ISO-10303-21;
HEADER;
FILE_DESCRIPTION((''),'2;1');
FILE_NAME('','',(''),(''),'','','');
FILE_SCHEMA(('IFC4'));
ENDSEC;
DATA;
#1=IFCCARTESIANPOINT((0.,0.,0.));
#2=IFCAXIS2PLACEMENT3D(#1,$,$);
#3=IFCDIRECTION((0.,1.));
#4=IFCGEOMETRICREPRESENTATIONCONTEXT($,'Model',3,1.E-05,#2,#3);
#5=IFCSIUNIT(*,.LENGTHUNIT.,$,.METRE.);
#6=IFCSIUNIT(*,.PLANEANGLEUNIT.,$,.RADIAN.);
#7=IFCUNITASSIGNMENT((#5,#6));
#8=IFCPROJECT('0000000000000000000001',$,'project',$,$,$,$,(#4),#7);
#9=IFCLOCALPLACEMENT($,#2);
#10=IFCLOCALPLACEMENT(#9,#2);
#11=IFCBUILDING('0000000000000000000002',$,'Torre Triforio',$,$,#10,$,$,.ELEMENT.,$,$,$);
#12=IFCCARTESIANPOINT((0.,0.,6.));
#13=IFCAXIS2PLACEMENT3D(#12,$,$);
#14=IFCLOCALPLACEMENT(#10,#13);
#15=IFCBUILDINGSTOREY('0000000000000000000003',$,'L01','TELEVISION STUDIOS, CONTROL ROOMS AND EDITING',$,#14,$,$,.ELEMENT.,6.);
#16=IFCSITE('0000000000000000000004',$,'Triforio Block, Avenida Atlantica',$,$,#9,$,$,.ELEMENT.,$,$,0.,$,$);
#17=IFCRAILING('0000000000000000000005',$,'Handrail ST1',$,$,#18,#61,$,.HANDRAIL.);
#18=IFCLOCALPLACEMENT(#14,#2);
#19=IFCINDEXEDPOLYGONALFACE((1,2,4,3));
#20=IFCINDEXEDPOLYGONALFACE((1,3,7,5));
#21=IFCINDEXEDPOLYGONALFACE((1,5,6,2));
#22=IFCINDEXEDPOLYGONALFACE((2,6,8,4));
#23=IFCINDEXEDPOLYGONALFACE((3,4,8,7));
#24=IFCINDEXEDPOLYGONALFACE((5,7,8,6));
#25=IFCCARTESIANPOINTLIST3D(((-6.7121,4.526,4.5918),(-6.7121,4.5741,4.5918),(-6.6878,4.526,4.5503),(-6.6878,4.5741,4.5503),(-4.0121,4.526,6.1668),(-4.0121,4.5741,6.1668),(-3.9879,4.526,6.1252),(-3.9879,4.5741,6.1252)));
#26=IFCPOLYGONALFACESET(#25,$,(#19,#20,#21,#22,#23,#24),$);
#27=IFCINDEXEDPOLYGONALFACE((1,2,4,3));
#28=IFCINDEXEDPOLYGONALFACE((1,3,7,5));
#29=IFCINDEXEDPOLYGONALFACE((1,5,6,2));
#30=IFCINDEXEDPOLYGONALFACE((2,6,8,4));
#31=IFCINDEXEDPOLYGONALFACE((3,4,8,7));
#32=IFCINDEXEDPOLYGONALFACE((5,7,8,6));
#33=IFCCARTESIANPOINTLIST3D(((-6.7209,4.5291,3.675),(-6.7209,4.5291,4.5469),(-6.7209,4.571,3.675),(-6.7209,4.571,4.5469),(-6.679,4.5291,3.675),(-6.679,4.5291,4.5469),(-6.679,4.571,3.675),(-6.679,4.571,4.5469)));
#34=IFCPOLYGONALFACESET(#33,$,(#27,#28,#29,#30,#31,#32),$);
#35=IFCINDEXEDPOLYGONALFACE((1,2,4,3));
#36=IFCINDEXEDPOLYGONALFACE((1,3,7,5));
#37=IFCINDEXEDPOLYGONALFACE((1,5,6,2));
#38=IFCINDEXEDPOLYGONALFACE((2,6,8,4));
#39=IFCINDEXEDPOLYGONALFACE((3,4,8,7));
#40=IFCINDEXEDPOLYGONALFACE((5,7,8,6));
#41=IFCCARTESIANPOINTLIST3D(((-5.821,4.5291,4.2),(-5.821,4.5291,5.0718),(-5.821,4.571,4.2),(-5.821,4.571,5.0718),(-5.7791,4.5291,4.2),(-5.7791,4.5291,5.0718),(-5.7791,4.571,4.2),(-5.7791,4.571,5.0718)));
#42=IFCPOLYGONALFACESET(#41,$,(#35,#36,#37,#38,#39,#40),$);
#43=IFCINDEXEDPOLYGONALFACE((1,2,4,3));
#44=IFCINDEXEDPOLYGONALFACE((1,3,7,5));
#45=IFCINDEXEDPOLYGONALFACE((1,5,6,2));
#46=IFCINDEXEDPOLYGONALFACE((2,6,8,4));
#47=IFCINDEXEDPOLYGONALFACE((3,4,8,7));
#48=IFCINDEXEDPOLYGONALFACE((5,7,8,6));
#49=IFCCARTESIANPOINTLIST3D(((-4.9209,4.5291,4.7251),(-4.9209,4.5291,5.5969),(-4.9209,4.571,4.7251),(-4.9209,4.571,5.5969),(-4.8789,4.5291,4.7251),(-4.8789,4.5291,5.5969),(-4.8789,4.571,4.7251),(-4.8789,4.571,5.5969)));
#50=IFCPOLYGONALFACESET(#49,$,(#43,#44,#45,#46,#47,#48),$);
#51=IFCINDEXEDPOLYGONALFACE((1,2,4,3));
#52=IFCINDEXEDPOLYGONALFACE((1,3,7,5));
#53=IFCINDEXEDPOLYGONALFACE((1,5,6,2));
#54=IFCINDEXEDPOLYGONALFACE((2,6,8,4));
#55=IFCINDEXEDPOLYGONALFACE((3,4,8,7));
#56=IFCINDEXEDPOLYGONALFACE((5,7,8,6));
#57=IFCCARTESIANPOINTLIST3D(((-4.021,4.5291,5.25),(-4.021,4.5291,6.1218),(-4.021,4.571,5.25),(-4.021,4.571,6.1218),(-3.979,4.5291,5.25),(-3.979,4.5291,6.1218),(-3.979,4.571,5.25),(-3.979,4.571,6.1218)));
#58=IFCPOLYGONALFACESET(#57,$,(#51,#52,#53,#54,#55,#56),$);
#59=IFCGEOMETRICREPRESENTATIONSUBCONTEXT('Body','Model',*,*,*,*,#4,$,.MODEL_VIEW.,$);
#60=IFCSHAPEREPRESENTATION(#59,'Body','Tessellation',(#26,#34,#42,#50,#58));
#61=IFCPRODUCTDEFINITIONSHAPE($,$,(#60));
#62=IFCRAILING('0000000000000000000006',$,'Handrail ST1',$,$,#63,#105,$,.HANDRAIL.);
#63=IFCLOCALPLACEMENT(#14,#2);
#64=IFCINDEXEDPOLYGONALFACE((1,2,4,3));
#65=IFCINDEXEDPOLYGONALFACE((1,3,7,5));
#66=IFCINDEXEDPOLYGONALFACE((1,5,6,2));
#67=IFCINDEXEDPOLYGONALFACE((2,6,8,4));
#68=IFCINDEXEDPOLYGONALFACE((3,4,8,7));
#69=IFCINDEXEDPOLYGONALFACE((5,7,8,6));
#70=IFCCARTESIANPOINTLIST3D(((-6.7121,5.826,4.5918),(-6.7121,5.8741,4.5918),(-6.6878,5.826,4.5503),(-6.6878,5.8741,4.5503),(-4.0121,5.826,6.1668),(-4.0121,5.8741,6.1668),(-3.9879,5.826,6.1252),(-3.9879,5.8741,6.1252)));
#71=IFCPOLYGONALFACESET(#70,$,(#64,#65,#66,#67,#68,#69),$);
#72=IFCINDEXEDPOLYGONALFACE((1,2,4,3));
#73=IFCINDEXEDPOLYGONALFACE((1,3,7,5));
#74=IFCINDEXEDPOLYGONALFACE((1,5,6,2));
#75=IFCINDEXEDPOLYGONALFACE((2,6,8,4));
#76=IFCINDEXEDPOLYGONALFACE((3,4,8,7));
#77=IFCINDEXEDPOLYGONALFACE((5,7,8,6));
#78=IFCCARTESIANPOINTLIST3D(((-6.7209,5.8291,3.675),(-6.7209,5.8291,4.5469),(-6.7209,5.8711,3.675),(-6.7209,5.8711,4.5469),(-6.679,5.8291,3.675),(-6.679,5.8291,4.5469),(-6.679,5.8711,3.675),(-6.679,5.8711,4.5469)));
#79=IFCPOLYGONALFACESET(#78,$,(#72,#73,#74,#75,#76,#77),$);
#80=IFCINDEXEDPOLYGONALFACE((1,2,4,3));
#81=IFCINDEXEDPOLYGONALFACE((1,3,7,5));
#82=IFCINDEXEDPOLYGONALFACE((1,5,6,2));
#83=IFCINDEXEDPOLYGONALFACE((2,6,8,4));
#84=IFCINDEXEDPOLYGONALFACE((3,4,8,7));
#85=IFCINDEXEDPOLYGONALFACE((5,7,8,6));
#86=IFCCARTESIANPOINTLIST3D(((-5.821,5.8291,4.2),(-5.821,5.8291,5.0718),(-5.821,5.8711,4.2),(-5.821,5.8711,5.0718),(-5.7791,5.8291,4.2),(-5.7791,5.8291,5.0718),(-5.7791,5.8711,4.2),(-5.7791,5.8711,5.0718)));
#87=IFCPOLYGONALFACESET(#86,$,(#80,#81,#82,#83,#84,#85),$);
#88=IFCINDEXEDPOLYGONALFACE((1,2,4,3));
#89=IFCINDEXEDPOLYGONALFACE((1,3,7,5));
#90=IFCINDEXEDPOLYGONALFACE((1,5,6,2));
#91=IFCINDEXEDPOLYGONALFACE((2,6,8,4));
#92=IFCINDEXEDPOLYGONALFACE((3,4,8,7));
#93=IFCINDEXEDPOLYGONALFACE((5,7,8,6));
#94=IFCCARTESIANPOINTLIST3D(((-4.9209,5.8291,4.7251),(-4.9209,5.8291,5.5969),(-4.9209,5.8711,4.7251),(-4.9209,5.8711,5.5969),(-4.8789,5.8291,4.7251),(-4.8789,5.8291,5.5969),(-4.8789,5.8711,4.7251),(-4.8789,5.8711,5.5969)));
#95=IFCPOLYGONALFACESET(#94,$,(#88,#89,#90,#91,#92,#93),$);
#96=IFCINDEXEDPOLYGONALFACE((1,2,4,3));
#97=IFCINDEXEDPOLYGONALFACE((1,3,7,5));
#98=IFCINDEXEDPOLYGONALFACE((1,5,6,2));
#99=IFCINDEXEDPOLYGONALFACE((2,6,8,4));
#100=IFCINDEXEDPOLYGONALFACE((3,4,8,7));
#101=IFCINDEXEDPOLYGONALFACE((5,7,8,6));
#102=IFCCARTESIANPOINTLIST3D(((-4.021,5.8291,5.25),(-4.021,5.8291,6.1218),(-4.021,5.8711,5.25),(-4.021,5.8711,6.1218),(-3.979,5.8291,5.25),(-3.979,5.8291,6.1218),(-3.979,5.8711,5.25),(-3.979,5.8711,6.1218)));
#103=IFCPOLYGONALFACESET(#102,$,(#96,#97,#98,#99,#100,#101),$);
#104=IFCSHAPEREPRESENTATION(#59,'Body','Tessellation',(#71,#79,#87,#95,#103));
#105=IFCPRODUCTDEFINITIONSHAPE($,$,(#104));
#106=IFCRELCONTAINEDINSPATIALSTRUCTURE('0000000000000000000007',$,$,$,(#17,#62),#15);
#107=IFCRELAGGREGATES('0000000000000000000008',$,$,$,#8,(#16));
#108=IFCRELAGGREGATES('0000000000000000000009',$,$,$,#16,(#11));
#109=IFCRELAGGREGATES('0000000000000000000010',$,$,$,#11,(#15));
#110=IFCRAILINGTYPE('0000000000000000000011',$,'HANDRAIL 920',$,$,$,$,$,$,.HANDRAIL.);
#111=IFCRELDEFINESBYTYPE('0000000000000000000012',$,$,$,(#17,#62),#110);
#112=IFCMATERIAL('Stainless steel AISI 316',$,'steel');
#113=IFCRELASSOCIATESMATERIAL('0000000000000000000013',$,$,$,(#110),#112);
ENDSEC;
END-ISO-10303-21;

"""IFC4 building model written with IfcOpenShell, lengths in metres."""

from ifc_helpers import new_model, si_unit, direction, frame, origin, origin_2d, place, context, subcontext, project, spatial, rectangle, extrude, material, type_object, element, save


model = new_model("IFC4")

# Units and contexts
model_context = context("Model", 3, precision=1e-05, world=origin(), true_north=direction((0.0, 1.0)))
body_context = subcontext(model_context, "Body", "Model", "MODEL_VIEW")
ifc_project = project(units=[si_unit("LENGTHUNIT", "METRE"), si_unit("PLANEANGLEUNIT", "RADIAN")], contexts=[model_context])

# Site, building, storey
site_placement = place(None, origin())
site = spatial("IfcSite", under=ifc_project, at=site_placement, Name="Triforio Block, Avenida Atlantica", CompositionType="ELEMENT", RefElevation=0.0)
building_placement = place(site_placement, origin())
building = spatial("IfcBuilding", under=site, at=building_placement, Name="Torre Triforio", CompositionType="ELEMENT")
storey_placement = place(building_placement, frame((0.0, 0.0, 6.0)))
storey = spatial("IfcBuildingStorey", under=building, at=storey_placement, Name="L01", Description="TELEVISION STUDIOS, CONTROL ROOMS AND EDITING", CompositionType="ELEMENT", Elevation=6.0)

# Railings
ifc_material_1 = material(Name="Stainless steel AISI 316", Category="steel")
railing_type = type_object("IfcRailingType", Name="HANDRAIL 920", PredefinedType="HANDRAIL", material=ifc_material_1)
for number, where, name in (
    (1, (-6.7, 4.55, 3.675), "Handrail ST1"),
    (2, (-6.7, 5.8501, 3.675), "Handrail ST1"),
):
    element("IfcRailing", number, at=place(storey_placement, frame(where)), inside=storey, type_object=railing_type, Name=name, PredefinedType="HANDRAIL", context=body_context, shape_type="SweptSolid", body=[
        extrude(rectangle(XDim=0.0481, YDim=0.0481, at=origin_2d()), frame((0.0, 0.0, 0.896), z_axis=(0.863782, 0.0, 0.503866), x_axis=(0.0, 1.0, 0.0)), (0.0, 0.0, 1.0), 3.1257),
        extrude(rectangle(XDim=0.042, YDim=0.042, at=origin_2d()), origin(), (0.0, 0.0, 1.0), 0.8718),
        extrude(rectangle(XDim=0.042, YDim=0.042, at=origin_2d()), frame((0.8999, 0.0, 0.5249)), (0.0, 0.0, 1.0), 0.8718),
        extrude(rectangle(XDim=0.042, YDim=0.042, at=origin_2d()), frame((1.8, 0.0, 1.05)), (0.0, 0.0, 1.0), 0.8718),
        extrude(rectangle(XDim=0.042, YDim=0.042, at=origin_2d()), frame((2.7, 0.0, 1.575)), (0.0, 0.0, 1.0), 0.8718),
    ])

save(model, "model.ifc")
